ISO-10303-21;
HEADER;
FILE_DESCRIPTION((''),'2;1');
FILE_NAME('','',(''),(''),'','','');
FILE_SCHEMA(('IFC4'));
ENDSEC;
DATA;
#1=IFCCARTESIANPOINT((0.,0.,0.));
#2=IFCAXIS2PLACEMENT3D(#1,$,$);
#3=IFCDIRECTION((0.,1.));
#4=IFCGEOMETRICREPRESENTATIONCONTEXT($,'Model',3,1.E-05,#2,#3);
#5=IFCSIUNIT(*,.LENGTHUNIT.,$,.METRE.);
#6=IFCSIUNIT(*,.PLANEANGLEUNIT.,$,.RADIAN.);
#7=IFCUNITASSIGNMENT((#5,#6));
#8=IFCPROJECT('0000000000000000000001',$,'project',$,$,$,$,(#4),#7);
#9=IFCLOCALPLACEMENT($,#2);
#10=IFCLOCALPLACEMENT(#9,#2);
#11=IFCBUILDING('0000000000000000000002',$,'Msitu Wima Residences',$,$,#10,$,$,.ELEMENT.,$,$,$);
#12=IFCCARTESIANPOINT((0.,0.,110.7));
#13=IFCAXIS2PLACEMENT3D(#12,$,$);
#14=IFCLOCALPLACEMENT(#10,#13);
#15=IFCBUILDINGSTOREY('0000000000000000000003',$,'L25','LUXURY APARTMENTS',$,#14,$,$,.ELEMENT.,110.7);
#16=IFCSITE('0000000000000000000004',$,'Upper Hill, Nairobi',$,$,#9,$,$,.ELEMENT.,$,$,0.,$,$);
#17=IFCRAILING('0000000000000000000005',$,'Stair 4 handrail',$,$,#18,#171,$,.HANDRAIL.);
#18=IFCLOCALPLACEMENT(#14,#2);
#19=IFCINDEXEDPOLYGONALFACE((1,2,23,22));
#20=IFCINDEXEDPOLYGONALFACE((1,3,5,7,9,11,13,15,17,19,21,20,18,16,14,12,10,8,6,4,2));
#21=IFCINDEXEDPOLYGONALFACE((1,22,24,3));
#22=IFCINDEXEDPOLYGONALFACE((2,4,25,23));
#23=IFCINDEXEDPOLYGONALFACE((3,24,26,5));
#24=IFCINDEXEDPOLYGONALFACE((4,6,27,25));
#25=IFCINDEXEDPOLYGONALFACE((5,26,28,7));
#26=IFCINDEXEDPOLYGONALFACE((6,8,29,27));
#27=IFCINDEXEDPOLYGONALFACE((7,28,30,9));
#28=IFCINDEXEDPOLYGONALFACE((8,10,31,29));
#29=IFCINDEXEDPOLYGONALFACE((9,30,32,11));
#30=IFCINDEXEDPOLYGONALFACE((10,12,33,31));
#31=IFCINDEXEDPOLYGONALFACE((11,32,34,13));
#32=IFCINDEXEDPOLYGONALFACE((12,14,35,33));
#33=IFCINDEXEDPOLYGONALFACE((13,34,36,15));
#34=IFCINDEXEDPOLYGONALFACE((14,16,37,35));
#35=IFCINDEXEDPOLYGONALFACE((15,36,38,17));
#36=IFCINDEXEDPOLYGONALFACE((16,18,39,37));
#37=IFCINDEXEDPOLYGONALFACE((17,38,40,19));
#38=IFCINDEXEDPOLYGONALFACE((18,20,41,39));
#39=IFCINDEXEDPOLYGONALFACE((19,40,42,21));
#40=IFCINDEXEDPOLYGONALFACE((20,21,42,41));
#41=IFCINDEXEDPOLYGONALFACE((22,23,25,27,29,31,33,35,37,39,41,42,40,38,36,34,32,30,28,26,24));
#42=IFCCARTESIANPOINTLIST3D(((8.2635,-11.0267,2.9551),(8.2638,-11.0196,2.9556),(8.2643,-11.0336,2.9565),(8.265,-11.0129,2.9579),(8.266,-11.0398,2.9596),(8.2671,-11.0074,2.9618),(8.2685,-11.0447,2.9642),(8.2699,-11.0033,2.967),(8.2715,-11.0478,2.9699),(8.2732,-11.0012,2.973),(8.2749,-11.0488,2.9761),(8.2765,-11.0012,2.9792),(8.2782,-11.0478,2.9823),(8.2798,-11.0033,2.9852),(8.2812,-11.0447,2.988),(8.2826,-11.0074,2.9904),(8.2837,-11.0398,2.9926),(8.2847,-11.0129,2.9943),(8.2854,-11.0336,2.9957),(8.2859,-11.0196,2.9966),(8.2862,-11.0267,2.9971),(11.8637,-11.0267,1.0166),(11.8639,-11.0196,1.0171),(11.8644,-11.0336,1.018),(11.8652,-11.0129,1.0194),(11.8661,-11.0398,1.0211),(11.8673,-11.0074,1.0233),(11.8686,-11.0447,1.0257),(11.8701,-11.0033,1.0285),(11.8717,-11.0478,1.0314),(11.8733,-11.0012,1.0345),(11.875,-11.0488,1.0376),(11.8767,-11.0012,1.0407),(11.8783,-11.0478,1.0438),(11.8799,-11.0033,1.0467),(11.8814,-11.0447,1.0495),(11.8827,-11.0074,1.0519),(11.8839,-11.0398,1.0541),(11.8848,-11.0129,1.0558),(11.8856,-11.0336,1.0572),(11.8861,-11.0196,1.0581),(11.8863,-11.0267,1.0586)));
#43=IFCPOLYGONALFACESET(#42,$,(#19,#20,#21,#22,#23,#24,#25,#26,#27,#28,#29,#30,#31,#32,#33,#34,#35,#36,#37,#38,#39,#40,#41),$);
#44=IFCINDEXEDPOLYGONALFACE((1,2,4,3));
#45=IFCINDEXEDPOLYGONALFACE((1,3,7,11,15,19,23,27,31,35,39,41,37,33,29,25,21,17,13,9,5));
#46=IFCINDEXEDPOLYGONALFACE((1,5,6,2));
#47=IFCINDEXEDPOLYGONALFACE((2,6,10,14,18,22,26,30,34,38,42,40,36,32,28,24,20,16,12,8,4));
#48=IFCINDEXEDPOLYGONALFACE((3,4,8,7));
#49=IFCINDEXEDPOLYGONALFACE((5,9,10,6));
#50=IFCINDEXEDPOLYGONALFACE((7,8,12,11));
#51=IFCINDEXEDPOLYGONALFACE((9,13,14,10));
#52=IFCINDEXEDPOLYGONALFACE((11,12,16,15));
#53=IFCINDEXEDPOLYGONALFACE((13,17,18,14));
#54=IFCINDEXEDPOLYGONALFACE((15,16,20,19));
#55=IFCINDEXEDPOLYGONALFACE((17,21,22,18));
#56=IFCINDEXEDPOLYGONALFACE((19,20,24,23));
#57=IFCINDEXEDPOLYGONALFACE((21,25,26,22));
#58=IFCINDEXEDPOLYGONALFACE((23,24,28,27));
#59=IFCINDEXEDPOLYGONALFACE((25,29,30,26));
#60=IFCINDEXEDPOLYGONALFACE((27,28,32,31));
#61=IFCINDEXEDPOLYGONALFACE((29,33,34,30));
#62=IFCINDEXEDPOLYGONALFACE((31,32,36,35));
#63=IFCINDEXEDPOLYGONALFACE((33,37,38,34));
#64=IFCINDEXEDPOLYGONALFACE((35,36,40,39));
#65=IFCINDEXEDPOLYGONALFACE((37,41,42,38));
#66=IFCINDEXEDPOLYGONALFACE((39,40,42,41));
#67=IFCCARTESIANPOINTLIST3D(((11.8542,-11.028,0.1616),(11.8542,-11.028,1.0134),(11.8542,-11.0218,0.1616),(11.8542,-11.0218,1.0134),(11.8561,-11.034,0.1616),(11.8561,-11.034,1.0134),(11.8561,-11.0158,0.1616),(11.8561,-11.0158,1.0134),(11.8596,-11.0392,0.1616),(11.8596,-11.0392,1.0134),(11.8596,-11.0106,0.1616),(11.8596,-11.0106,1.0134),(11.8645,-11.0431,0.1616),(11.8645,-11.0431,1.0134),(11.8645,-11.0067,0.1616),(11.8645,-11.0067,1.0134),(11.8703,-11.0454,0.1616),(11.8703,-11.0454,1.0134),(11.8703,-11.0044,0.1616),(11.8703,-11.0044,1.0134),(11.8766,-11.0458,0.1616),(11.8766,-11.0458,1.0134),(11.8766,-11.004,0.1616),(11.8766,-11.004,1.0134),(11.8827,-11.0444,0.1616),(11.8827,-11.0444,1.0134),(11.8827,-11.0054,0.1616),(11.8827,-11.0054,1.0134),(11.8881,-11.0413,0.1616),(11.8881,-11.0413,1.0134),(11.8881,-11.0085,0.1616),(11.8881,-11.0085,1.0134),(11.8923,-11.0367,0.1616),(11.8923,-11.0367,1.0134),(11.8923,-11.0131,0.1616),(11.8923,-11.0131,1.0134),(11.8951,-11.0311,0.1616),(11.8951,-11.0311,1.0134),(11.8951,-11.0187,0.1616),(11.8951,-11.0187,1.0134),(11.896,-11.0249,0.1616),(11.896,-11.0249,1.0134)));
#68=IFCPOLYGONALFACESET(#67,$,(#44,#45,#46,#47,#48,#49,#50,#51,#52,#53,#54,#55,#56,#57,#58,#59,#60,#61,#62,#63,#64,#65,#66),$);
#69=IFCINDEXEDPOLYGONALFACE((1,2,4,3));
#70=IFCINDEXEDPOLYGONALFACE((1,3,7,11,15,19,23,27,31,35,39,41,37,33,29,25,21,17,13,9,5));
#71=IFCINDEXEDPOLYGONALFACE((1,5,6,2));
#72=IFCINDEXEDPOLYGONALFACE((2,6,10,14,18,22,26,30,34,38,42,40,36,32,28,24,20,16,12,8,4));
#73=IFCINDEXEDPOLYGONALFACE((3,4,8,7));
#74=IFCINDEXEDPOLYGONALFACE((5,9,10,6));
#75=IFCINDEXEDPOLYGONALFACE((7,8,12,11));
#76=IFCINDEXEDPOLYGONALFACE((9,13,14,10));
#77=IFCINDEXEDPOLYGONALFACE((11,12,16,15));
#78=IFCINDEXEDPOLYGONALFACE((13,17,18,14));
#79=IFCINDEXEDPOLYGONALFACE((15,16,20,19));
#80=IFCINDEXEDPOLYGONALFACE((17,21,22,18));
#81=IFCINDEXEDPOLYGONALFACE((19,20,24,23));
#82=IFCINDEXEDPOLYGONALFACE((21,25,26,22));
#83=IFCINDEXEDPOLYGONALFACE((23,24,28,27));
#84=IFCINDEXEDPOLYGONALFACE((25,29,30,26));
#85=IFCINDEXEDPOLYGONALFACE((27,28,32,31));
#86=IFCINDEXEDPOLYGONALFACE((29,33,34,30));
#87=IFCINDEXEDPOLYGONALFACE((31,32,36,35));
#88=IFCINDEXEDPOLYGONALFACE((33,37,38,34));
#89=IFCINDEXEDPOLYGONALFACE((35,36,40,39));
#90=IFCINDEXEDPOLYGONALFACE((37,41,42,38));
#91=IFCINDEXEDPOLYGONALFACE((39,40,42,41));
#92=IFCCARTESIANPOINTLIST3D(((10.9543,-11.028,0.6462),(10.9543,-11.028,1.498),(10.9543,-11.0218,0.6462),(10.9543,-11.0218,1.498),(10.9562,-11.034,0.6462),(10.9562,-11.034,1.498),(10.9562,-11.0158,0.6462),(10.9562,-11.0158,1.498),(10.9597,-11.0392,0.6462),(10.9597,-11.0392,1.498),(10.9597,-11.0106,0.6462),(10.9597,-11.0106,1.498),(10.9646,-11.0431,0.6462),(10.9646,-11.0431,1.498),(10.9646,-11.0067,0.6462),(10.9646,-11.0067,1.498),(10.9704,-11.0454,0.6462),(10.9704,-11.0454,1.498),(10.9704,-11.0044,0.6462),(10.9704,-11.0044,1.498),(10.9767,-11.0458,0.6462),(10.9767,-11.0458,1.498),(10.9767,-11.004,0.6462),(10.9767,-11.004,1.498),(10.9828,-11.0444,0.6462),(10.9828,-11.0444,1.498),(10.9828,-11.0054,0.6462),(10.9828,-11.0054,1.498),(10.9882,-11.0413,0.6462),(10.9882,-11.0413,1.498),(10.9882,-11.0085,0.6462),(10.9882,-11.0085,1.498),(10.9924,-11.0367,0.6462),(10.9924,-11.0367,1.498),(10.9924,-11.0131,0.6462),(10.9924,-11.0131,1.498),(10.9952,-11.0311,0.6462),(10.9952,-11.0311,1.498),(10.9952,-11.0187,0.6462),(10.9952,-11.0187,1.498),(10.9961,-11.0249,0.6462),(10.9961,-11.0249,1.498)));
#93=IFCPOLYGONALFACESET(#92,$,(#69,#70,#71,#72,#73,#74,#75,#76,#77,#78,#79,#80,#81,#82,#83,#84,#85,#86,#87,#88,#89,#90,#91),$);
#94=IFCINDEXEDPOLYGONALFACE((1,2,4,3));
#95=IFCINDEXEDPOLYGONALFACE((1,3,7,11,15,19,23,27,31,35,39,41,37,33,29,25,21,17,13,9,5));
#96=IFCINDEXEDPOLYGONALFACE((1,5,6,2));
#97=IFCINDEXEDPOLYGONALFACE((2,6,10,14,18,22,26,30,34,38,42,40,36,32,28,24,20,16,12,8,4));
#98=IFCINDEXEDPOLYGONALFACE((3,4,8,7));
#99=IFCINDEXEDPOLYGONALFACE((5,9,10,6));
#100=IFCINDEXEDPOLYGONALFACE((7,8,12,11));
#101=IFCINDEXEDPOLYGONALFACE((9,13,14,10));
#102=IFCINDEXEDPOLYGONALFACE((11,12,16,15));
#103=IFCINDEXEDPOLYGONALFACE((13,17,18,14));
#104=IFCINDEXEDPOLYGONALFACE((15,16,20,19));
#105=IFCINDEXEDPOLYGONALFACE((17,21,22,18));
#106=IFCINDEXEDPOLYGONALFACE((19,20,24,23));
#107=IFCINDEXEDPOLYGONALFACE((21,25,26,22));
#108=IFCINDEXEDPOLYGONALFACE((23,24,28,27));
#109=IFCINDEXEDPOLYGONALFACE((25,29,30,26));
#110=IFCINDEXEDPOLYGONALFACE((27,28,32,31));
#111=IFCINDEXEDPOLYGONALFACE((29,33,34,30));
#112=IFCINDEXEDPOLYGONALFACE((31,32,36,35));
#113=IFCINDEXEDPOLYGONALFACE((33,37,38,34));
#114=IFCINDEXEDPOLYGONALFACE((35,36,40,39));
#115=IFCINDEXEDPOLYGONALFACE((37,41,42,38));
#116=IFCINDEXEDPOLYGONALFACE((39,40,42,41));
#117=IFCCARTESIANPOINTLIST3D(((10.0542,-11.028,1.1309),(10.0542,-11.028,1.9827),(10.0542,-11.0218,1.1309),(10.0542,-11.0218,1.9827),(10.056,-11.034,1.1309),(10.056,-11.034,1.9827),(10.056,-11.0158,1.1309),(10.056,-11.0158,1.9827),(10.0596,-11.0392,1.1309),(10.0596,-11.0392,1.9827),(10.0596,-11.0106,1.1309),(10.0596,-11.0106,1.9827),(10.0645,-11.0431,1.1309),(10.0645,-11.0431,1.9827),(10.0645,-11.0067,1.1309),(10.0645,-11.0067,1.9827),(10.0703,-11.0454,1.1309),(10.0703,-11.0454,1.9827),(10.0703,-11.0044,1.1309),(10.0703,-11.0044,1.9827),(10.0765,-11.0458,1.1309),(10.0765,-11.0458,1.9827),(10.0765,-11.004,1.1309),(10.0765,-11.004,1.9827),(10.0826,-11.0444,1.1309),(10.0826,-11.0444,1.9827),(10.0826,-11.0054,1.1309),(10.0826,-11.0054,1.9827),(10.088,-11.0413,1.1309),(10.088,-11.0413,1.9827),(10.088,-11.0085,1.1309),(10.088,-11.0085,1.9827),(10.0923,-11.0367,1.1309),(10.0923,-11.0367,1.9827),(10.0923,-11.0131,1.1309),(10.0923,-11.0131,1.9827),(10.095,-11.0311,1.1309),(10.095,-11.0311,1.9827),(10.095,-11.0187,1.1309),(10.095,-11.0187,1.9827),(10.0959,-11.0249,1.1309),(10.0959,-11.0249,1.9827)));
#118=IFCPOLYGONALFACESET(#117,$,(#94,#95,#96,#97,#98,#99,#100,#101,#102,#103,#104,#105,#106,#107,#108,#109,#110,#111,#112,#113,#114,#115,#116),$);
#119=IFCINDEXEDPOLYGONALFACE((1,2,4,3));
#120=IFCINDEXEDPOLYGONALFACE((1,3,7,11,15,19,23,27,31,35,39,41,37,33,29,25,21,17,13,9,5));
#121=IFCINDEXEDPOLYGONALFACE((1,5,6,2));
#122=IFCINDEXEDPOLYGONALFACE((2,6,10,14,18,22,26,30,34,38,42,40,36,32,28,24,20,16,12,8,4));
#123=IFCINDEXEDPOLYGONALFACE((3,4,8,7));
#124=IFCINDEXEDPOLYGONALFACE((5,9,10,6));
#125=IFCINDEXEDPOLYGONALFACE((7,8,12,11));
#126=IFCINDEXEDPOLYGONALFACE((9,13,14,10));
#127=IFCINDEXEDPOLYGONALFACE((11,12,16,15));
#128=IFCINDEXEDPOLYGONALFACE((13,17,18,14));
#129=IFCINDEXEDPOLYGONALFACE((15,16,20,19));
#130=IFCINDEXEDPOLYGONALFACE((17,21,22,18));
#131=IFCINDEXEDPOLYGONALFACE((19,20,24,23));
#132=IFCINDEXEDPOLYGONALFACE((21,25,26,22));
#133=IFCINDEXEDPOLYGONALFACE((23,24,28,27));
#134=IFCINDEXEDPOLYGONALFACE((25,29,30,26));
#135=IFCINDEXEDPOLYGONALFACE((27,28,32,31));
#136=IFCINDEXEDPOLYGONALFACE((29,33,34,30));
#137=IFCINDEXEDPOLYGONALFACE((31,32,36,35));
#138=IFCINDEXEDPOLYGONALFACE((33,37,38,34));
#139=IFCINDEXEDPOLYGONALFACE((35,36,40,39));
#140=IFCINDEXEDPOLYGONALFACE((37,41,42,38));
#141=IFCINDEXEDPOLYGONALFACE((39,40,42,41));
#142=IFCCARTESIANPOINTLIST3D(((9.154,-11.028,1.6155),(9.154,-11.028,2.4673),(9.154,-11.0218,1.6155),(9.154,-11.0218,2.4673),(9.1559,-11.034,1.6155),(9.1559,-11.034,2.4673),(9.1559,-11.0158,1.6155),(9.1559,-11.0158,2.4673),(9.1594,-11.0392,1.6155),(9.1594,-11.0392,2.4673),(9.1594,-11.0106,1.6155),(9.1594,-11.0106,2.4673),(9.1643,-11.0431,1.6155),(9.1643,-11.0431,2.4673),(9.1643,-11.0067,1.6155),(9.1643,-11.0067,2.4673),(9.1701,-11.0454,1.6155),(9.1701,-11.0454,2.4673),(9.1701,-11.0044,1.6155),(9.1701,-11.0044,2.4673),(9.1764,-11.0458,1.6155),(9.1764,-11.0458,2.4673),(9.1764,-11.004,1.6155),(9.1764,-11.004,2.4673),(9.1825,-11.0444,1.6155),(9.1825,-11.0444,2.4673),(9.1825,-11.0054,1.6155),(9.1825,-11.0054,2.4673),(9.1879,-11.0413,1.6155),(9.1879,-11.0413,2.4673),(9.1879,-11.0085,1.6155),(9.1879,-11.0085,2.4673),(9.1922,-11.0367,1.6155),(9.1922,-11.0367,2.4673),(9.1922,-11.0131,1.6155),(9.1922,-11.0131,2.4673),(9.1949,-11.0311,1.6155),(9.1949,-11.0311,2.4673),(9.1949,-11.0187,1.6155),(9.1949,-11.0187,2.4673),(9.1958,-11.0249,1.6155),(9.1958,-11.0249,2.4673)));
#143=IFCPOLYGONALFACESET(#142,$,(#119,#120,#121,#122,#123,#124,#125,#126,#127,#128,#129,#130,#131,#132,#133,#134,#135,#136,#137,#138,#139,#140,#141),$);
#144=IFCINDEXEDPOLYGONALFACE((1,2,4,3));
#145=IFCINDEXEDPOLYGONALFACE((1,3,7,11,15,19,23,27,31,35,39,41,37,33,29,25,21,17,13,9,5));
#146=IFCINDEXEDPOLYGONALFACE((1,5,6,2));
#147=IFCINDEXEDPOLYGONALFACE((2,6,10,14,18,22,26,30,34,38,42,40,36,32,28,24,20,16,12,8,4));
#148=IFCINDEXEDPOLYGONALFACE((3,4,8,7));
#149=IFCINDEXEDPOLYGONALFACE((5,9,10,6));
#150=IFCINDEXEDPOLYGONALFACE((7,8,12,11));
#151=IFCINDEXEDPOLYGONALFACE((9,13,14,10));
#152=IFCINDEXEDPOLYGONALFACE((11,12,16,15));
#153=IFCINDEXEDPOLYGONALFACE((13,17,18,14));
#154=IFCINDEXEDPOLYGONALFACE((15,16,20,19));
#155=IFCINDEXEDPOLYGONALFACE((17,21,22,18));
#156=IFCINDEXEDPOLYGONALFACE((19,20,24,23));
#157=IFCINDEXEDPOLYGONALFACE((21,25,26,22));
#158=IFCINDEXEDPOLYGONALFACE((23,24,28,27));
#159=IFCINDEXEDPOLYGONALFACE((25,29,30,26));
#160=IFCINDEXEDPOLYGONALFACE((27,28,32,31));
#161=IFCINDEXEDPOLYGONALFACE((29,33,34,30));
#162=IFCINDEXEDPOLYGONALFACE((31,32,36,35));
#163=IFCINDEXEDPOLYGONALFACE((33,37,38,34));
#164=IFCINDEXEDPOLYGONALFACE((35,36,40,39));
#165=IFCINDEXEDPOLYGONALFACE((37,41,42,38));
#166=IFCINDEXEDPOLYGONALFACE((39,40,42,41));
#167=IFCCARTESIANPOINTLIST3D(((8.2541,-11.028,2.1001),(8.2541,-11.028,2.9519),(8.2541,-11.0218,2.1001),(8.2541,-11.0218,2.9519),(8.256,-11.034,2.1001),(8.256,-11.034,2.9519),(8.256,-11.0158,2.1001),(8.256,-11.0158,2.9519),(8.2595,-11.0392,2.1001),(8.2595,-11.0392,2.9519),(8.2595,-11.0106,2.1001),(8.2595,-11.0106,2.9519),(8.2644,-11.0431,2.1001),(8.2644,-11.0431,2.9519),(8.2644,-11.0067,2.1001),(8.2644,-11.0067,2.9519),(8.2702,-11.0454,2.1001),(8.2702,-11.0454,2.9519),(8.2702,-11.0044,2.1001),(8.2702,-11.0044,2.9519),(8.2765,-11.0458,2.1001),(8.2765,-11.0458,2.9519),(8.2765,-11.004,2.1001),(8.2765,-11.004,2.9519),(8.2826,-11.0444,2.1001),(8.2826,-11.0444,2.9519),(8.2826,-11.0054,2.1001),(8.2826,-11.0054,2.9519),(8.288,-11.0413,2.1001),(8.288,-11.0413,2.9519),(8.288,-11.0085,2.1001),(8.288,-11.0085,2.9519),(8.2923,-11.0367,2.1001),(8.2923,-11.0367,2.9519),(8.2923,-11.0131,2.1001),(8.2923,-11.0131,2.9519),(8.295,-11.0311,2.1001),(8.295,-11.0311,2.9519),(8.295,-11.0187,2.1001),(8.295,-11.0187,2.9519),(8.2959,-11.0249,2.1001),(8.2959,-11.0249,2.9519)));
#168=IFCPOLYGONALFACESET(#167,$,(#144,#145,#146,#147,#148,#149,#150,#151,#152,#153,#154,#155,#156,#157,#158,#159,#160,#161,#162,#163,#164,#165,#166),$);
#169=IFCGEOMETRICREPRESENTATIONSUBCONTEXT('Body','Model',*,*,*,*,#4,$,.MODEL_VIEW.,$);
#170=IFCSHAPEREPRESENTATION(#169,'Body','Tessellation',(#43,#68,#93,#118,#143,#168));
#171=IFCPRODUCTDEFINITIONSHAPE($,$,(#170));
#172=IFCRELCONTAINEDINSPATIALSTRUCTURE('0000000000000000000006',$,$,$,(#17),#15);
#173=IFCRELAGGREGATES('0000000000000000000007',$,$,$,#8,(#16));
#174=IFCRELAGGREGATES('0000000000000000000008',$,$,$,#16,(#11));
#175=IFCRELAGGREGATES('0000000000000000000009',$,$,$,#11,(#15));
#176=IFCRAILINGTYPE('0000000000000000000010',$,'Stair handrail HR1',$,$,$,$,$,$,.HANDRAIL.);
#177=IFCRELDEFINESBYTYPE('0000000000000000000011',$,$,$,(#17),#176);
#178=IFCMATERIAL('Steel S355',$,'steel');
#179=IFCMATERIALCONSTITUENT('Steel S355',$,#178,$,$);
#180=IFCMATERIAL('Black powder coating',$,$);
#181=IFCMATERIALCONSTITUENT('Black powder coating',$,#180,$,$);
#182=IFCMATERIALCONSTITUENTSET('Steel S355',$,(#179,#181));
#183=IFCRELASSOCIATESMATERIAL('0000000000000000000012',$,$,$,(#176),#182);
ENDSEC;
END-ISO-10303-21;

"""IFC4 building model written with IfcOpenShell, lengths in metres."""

from ifc_helpers import new_model, si_unit, direction, frame, origin, origin_2d, place, context, subcontext, project, spatial, circle, extrude, material, constituent, constituent_set, type_object, element, save


model = new_model("IFC4")

# Units and contexts
model_context = context("Model", 3, precision=1e-05, world=origin(), true_north=direction((0.0, 1.0)))
body_context = subcontext(model_context, "Body", "Model", "MODEL_VIEW")
ifc_project = project(units=[si_unit("LENGTHUNIT", "METRE"), si_unit("PLANEANGLEUNIT", "RADIAN")], contexts=[model_context])

# Site, building, storey
site_placement = place(None, origin())
site = spatial("IfcSite", under=ifc_project, at=site_placement, Name="Upper Hill, Nairobi", CompositionType="ELEMENT", RefElevation=0.0)
building_placement = place(site_placement, origin())
building = spatial("IfcBuilding", under=site, at=building_placement, Name="Msitu Wima Residences", CompositionType="ELEMENT")
storey_placement = place(building_placement, frame((0.0, 0.0, 110.7)))
storey = spatial("IfcBuildingStorey", under=building, at=storey_placement, Name="L25", Description="LUXURY APARTMENTS", CompositionType="ELEMENT", Elevation=110.7)

# Railing
ifc_material_1 = material(Name="Steel S355", Category="steel")
ifc_constituent_1 = constituent(ifc_material_1, Name="Steel S355")
ifc_material_2 = material(Name="Black powder coating")
ifc_constituent_2 = constituent(ifc_material_2, Name="Black powder coating")
ifc_constituent_set = constituent_set(constituents=[ifc_constituent_1, ifc_constituent_2], Name="Steel S355")
railing_type = type_object("IfcRailingType", Name="Stair handrail HR1", PredefinedType="HANDRAIL", material=ifc_constituent_set)
for number, where, name in (
    (1, (11.875, -11.0249, 0.1616), "Stair 4 handrail"),
):
    element("IfcRailing", number, at=place(storey_placement, frame(where)), inside=storey, type_object=railing_type, Name=name, PredefinedType="HANDRAIL", context=body_context, shape_type="SweptSolid", body=[
        extrude(circle(Radius=0.0239, at=origin_2d()), frame((0.0, 0.0, 0.876), z_axis=(-0.880475, 0.0, 0.474093), x_axis=(0.0, -1.0, 0.0)), (0.0, 0.0, 1.0), 4.0889),
        extrude(circle(Radius=0.021, at=origin_2d()), origin(), (0.0, 0.0, 1.0), 0.8518),
        extrude(circle(Radius=0.021, at=origin_2d()), frame((-0.8999, 0.0, 0.4846)), (0.0, 0.0, 1.0), 0.8518),
        extrude(circle(Radius=0.021, at=origin_2d()), frame((-1.8, 0.0, 0.9692)), (0.0, 0.0, 1.0), 0.8518),
        extrude(circle(Radius=0.021, at=origin_2d()), frame((-2.7002, 0.0, 1.4539)), (0.0, 0.0, 1.0), 0.8518),
        extrude(circle(Radius=0.021, at=origin_2d()), frame((-3.6001, 0.0, 1.9385)), (0.0, 0.0, 1.0), 0.8518),
    ])

save(model, "model.ifc")
